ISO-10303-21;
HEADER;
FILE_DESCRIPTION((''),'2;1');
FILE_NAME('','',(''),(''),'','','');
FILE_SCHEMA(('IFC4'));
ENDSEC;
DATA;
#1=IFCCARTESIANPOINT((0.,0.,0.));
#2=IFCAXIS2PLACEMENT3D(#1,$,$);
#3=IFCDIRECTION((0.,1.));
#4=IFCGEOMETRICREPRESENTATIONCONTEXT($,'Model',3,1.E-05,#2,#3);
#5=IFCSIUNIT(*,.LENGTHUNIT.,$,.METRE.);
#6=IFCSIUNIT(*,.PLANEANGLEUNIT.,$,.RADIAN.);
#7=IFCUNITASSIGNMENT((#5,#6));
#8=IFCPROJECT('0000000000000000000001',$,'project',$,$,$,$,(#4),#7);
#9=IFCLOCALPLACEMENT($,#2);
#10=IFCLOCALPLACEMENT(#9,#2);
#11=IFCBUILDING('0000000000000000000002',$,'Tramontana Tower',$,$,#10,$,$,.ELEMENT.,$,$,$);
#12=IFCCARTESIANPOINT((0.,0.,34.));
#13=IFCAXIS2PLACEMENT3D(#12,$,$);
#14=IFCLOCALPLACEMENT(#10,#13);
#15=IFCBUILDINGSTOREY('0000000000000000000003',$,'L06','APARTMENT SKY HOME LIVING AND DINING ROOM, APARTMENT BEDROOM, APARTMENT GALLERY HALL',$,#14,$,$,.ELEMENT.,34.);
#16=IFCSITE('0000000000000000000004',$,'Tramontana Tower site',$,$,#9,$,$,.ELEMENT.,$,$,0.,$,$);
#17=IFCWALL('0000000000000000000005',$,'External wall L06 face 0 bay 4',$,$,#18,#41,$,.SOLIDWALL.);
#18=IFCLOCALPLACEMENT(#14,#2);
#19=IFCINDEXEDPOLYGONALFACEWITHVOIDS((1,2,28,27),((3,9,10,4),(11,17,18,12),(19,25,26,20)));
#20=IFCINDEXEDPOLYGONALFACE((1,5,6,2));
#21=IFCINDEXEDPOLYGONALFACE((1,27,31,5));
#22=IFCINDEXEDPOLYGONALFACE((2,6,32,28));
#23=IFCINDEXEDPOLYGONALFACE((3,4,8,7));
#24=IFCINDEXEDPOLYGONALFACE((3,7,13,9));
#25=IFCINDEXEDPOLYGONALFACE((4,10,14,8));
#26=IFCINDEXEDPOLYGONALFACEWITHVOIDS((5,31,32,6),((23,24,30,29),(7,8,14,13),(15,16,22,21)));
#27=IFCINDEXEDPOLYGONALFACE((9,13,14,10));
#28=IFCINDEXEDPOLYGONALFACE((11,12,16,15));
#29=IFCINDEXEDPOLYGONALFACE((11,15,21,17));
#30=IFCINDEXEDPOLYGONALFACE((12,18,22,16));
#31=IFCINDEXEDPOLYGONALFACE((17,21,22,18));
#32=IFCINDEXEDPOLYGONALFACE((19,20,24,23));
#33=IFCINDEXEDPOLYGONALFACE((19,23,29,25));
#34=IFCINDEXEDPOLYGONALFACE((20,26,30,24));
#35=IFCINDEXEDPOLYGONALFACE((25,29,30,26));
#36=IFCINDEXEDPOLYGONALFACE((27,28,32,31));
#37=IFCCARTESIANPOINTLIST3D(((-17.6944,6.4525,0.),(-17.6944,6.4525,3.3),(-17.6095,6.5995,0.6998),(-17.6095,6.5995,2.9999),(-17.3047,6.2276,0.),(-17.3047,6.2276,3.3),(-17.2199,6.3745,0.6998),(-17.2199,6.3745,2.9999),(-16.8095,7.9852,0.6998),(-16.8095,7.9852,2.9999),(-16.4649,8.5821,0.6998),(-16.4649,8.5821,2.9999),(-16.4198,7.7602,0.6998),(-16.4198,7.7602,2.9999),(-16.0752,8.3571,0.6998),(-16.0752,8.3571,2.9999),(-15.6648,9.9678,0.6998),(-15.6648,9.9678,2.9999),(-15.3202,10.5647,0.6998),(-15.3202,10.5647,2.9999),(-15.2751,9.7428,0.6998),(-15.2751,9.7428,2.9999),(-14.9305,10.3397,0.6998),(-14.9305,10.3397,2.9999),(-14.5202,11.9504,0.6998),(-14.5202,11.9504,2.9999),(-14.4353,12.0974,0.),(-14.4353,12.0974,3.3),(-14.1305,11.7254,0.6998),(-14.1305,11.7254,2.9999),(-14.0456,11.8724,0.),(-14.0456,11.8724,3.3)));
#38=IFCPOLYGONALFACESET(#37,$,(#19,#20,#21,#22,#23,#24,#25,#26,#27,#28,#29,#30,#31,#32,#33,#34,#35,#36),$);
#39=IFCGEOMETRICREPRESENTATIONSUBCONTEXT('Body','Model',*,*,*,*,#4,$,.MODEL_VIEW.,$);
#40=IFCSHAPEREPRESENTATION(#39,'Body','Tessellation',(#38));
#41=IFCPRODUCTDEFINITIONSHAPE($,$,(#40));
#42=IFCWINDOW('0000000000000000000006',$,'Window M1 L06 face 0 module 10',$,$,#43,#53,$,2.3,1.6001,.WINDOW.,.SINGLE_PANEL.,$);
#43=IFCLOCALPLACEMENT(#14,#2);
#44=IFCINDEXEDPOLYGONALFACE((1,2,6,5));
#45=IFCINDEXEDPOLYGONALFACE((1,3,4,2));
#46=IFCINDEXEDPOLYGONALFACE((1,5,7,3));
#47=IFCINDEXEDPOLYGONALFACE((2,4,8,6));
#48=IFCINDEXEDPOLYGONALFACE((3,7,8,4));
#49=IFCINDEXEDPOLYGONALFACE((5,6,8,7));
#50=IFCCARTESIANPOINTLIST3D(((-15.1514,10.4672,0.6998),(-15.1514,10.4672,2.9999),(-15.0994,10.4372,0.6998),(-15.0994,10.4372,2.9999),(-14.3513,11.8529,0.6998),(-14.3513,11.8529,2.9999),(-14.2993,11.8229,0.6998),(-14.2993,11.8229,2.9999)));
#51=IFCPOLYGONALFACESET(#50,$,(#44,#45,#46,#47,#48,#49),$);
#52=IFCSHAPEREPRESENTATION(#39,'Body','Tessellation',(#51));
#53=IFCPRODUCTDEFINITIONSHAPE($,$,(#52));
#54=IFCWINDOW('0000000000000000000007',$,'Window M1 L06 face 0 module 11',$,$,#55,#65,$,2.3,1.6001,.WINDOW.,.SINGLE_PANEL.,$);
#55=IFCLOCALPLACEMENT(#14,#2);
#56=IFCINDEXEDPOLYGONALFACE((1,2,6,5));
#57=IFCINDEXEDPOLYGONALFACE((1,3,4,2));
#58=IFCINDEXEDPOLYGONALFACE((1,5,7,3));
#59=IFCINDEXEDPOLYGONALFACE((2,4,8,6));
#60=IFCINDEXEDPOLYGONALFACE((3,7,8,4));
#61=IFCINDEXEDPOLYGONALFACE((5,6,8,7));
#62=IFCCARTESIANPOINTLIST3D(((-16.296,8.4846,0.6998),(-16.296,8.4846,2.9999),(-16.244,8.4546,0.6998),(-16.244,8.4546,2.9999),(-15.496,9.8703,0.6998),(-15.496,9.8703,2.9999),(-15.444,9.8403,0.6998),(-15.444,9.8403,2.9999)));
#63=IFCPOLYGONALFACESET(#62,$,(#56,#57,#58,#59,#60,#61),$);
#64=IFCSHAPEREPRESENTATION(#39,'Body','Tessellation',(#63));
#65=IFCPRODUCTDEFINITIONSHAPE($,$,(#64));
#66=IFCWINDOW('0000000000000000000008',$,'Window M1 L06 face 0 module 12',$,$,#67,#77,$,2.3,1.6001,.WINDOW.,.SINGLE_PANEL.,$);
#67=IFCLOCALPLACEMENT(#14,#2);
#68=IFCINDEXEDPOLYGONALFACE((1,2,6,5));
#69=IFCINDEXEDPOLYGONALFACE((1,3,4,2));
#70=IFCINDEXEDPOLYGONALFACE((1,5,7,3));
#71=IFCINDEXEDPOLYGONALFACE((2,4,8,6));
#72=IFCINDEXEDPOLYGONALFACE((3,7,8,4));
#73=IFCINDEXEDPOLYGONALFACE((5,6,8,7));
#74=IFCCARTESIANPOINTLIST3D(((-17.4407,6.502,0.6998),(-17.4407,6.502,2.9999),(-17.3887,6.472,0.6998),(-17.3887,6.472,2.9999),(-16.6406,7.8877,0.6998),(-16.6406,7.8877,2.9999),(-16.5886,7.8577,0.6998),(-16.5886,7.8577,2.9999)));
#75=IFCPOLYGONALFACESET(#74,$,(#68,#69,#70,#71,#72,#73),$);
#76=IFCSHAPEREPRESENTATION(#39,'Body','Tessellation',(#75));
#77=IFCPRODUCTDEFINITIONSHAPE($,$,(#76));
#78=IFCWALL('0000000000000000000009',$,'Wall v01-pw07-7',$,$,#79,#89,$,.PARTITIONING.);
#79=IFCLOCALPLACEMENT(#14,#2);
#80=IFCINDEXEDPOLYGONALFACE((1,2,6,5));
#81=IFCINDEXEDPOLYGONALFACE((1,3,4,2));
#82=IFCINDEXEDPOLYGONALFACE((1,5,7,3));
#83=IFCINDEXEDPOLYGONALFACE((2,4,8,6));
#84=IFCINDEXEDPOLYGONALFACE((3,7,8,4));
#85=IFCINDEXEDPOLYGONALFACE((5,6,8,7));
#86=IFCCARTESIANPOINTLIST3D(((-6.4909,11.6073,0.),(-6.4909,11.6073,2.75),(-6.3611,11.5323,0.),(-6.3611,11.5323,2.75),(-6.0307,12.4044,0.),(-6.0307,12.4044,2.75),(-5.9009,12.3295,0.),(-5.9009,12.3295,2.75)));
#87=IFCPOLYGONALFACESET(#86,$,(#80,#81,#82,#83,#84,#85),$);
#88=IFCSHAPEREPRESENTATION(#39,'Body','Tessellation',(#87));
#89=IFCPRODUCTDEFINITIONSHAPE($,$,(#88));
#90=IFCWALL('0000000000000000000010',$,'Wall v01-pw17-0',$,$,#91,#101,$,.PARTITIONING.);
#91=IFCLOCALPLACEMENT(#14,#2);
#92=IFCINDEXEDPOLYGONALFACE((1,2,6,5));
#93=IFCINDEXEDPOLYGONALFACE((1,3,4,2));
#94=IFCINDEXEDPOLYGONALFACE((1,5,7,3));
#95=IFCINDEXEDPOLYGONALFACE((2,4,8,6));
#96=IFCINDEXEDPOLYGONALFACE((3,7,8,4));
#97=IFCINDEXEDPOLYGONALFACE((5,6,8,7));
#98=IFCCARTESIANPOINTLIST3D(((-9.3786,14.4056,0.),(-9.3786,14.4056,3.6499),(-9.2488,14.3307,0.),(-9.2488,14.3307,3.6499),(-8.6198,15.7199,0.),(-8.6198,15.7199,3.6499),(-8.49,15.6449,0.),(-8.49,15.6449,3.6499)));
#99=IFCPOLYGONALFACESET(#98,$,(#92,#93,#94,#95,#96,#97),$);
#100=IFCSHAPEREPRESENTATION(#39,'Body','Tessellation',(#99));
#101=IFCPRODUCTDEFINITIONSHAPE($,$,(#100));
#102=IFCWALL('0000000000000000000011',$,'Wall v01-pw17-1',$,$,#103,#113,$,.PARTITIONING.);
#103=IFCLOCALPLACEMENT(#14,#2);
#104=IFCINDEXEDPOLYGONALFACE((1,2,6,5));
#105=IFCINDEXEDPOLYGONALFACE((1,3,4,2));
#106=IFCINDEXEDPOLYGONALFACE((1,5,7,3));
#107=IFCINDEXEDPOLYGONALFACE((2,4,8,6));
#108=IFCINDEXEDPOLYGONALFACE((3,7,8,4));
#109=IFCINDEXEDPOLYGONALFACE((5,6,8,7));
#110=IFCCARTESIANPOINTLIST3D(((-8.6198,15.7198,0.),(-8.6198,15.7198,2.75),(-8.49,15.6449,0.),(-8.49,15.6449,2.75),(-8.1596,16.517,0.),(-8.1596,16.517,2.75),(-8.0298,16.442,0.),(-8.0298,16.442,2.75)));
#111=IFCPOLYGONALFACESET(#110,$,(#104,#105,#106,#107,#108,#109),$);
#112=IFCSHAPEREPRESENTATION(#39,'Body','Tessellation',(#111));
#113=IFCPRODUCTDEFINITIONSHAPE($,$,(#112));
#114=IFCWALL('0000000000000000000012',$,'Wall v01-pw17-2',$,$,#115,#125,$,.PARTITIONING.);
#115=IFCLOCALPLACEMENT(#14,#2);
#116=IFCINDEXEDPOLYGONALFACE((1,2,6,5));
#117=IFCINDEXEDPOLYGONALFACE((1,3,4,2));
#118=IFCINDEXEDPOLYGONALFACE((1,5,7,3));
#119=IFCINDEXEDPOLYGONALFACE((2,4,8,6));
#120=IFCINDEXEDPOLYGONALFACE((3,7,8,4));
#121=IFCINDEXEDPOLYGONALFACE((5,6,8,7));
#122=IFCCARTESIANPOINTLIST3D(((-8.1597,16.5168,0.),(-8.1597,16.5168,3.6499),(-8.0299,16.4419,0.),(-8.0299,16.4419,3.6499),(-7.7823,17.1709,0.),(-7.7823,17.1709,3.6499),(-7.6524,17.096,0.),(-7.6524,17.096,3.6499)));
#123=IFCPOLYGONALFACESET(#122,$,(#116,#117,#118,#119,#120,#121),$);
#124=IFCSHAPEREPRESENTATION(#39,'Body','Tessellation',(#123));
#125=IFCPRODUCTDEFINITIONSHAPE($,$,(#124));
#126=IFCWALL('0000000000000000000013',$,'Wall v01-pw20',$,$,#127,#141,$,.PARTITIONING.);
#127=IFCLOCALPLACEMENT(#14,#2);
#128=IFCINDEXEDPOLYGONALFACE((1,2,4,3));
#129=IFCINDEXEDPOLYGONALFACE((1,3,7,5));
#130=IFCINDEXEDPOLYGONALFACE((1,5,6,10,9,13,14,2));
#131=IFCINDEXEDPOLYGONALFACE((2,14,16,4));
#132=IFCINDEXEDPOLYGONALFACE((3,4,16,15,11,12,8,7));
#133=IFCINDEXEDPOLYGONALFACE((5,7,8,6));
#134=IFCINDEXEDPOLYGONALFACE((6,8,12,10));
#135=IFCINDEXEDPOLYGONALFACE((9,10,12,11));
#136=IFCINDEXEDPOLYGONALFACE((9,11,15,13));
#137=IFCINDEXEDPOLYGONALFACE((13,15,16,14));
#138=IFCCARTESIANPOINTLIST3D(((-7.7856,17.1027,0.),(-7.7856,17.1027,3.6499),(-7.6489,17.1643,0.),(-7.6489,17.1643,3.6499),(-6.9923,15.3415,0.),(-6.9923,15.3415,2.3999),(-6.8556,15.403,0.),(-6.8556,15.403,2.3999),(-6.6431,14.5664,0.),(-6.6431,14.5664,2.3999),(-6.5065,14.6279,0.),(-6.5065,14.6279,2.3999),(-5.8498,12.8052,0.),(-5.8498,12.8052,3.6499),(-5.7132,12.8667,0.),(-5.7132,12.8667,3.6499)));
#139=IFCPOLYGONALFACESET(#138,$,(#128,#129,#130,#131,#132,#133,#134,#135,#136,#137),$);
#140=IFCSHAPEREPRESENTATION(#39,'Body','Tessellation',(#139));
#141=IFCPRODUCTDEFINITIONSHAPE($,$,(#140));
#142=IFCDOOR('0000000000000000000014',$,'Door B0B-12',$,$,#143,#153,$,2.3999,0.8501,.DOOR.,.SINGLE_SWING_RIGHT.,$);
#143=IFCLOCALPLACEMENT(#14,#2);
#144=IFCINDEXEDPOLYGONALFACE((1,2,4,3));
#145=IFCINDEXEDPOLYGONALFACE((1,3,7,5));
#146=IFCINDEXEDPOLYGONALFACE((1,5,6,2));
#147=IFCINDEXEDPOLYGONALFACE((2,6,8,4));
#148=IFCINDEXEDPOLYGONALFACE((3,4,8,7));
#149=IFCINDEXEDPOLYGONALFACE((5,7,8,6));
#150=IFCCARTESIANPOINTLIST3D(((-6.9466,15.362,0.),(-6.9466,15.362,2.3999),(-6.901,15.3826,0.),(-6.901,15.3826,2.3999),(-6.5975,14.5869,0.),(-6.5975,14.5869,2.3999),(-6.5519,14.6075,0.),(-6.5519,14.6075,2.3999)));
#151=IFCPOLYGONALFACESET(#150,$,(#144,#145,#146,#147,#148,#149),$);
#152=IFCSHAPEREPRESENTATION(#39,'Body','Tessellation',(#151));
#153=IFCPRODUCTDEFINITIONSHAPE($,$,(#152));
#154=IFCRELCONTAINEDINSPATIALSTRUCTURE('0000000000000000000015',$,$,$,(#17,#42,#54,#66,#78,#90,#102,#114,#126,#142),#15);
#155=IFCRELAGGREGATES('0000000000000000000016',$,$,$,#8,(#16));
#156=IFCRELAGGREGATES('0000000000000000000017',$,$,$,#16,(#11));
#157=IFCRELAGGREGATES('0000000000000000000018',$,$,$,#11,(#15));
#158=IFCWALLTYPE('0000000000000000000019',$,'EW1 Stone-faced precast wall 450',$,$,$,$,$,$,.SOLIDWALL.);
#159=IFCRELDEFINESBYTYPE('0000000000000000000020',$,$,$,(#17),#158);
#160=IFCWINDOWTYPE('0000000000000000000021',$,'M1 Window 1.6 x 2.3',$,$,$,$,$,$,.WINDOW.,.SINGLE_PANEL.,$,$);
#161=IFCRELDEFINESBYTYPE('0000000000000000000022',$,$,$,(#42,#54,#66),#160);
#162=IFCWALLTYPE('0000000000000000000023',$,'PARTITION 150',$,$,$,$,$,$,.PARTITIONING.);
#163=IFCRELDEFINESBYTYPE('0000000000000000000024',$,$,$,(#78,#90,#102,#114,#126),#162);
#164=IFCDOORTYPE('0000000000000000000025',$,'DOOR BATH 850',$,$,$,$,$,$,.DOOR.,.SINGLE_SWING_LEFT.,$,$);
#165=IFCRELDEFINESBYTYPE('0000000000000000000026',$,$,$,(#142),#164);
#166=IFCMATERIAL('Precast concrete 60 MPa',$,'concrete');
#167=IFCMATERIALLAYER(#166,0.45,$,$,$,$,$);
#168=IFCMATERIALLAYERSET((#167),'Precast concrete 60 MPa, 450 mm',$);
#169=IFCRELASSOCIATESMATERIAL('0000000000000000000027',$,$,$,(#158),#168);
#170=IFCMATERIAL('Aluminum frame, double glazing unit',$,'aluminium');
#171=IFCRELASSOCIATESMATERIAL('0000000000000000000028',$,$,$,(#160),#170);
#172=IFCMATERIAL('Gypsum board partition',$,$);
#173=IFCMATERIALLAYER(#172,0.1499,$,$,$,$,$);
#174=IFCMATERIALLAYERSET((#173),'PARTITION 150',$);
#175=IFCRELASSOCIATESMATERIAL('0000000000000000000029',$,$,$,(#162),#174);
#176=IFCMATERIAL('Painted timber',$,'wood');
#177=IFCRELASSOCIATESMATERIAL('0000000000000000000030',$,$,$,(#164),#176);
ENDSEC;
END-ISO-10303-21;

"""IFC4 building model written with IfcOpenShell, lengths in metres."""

from ifc_helpers import new_model, si_unit, direction, frame, frame_2d, origin, place, context, subcontext, project, spatial, rectangle, extrude, material, layer, layer_set, type_object, element, fill, save


model = new_model("IFC4")

# Units and contexts
model_context = context("Model", 3, precision=1e-05, world=origin(), true_north=direction((0.0, 1.0)))
body_context = subcontext(model_context, "Body", "Model", "MODEL_VIEW")
ifc_project = project(units=[si_unit("LENGTHUNIT", "METRE"), si_unit("PLANEANGLEUNIT", "RADIAN")], contexts=[model_context])

# Site, building, storey
site_placement = place(None, origin())
site = spatial("IfcSite", under=ifc_project, at=site_placement, Name="Tramontana Tower site", CompositionType="ELEMENT", RefElevation=0.0)
building_placement = place(site_placement, origin())
building = spatial("IfcBuilding", under=site, at=building_placement, Name="Tramontana Tower", CompositionType="ELEMENT")
storey_placement = place(building_placement, frame((0.0, 0.0, 34.0)))
storey = spatial("IfcBuildingStorey", under=building, at=storey_placement, Name="L06", Description="APARTMENT SKY HOME LIVING AND DINING ROOM, APARTMENT BEDROOM, APARTMENT GALLERY HALL", CompositionType="ELEMENT", Elevation=34.0)

# Wall, openings, windows
ifc_material_1 = material(Name="Precast concrete 60 MPa", Category="concrete")
ifc_layer_1 = layer(ifc_material_1, 0.45)
ifc_layer_set_1 = layer_set([ifc_layer_1], Name="Precast concrete 60 MPa, 450 mm")
wall_type_1 = type_object("IfcWallType", Name="EW1 Stone-faced precast wall 450", PredefinedType="SOLIDWALL", material=ifc_layer_set_1)
ifc_material_2 = material(Name="Aluminum frame, double glazing unit", Category="aluminium")
window_type = type_object("IfcWindowType", Name="M1 Window 1.6 x 2.3", PartitioningType="SINGLE_PANEL", PredefinedType="WINDOW", material=ifc_material_2)
wall_1_placement = place(storey_placement, frame((-14.2405, 11.9849, 0.0), z_axis=(0.0, 0.0, 1.0), x_axis=(-0.500002, -0.866024, 0.0)))
wall_1 = element("IfcWall", 1, at=wall_1_placement, inside=storey, type_object=wall_type_1, Name="External wall L06 face 0 bay 4", PredefinedType="SOLIDWALL", context=body_context, shape_type="SweptSolid", body=[
    extrude(rectangle(XDim=6.5181, YDim=0.45, at=frame_2d((3.259, 0.0))), origin(), (0.0, 0.0, 1.0), 3.3),
])
opening_1_placement = place(wall_1_placement, frame((0.1697, 0.0, 0.7)))
opening_1 = element("IfcOpeningElement", 2, at=opening_1_placement, cuts=wall_1, PredefinedType="OPENING", context=body_context, shape_type="SweptSolid", body=[
    extrude(rectangle(XDim=1.6001, YDim=2.3, at=frame_2d((0.8, 1.1499))), frame((0.0, 0.2349, 0.0), z_axis=(0.0, -1.0, 0.0), x_axis=(1.0, 0.0, 0.0)), (0.0, 0.0, 1.0), 0.47),
])
opening_2_placement = place(wall_1_placement, frame((2.459, 0.0, 0.7)))
opening_2 = element("IfcOpeningElement", 3, at=opening_2_placement, cuts=wall_1, PredefinedType="OPENING", context=body_context, shape_type="SweptSolid", body=[
    extrude(rectangle(XDim=1.6001, YDim=2.3, at=frame_2d((0.8, 1.1499))), frame((0.0, 0.2349, 0.0), z_axis=(0.0, -1.0, 0.0), x_axis=(1.0, 0.0, 0.0)), (0.0, 0.0, 1.0), 0.47),
])
opening_3_placement = place(wall_1_placement, frame((4.7483, 0.0, 0.7)))
opening_3 = element("IfcOpeningElement", 4, at=opening_3_placement, cuts=wall_1, PredefinedType="OPENING", context=body_context, shape_type="SweptSolid", body=[
    extrude(rectangle(XDim=1.6001, YDim=2.3, at=frame_2d((0.8, 1.1499))), frame((0.0, 0.2349, 0.0), z_axis=(0.0, -1.0, 0.0), x_axis=(1.0, 0.0, 0.0)), (0.0, 0.0, 1.0), 0.47),
])
window_1_placement = place(opening_1_placement, origin())
window_1 = element("IfcWindow", 5, at=window_1_placement, inside=storey, type_object=window_type, Name="Window M1 L06 face 0 module 10", OverallHeight=2.3, OverallWidth=1.6001, PartitioningType="SINGLE_PANEL", PredefinedType="WINDOW", context=body_context, shape_type="SweptSolid", body=[
    extrude(rectangle(XDim=1.6001, YDim=2.3, at=frame_2d((0.8, 1.1499))), frame((0.0, 0.03, 0.0), z_axis=(0.0, -1.0, 0.0), x_axis=(1.0, 0.0, 0.0)), (0.0, 0.0, 1.0), 0.0601),
])
fill(opening_1, window_1)
window_2_placement = place(opening_2_placement, origin())
window_2 = element("IfcWindow", 6, at=window_2_placement, inside=storey, type_object=window_type, Name="Window M1 L06 face 0 module 11", OverallHeight=2.3, OverallWidth=1.6001, PartitioningType="SINGLE_PANEL", PredefinedType="WINDOW", context=body_context, shape_type="SweptSolid", body=[
    extrude(rectangle(XDim=1.6001, YDim=2.3, at=frame_2d((0.8, 1.1499))), frame((0.0, 0.03, 0.0), z_axis=(0.0, -1.0, 0.0), x_axis=(1.0, 0.0, 0.0)), (0.0, 0.0, 1.0), 0.0601),
])
fill(opening_2, window_2)
window_3_placement = place(opening_3_placement, origin())
window_3 = element("IfcWindow", 7, at=window_3_placement, inside=storey, type_object=window_type, Name="Window M1 L06 face 0 module 12", OverallHeight=2.3, OverallWidth=1.6001, PartitioningType="SINGLE_PANEL", PredefinedType="WINDOW", context=body_context, shape_type="SweptSolid", body=[
    extrude(rectangle(XDim=1.6001, YDim=2.3, at=frame_2d((0.8, 1.1499))), frame((0.0, 0.03, 0.0), z_axis=(0.0, -1.0, 0.0), x_axis=(1.0, 0.0, 0.0)), (0.0, 0.0, 1.0), 0.0601),
])
fill(opening_3, window_3)

# Wall
ifc_material_3 = material(Name="Gypsum board partition")
ifc_layer_2 = layer(ifc_material_3, 0.1499)
ifc_layer_set_2 = layer_set([ifc_layer_2], Name="PARTITION 150")
wall_type_2 = type_object("IfcWallType", Name="PARTITION 150", PredefinedType="PARTITIONING", material=ifc_layer_set_2)
wall_2_placement = place(storey_placement, frame((-6.426, 11.5698, 0.0), z_axis=(0.0, 0.0, 1.0), x_axis=(0.49999, 0.866031, 0.0)))
element("IfcWall", 8, at=wall_2_placement, inside=storey, type_object=wall_type_2, Name="Wall v01-pw07-7", PredefinedType="PARTITIONING", context=body_context, shape_type="SweptSolid", body=[
    extrude(rectangle(XDim=0.9204, YDim=0.1499, at=frame_2d((0.4602, 0.0))), origin(), (0.0, 0.0, 1.0), 2.75),
])

# Walls
wall_3_placement = place(storey_placement, frame((-9.3137, 14.3682, 0.0), z_axis=(0.0, 0.0, 1.0), x_axis=(0.500015, 0.866017, 0.0)))
element("IfcWall", 9, at=wall_3_placement, inside=storey, type_object=wall_type_2, Name="Wall v01-pw17-0", PredefinedType="PARTITIONING", context=body_context, shape_type="SweptSolid", body=[
    extrude(rectangle(XDim=1.5176, YDim=0.1499, at=frame_2d((0.7588, 0.0))), origin(), (0.0, 0.0, 1.0), 3.6499),
])
wall_4_placement = place(storey_placement, frame((-8.5549, 15.6824, 0.0), z_axis=(0.0, 0.0, 1.0), x_axis=(0.49999, 0.866031, 0.0)))
element("IfcWall", 10, at=wall_4_placement, inside=storey, type_object=wall_type_2, Name="Wall v01-pw17-1", PredefinedType="PARTITIONING", context=body_context, shape_type="SweptSolid", body=[
    extrude(rectangle(XDim=0.9204, YDim=0.1499, at=frame_2d((0.4602, 0.0))), origin(), (0.0, 0.0, 1.0), 2.75),
])
wall_5_placement = place(storey_placement, frame((-8.0947, 16.4795, 0.0), z_axis=(0.0, 0.0, 1.0), x_axis=(0.499825, 0.866126, 0.0)))
element("IfcWall", 11, at=wall_5_placement, inside=storey, type_object=wall_type_2, Name="Wall v01-pw17-2", PredefinedType="PARTITIONING", context=body_context, shape_type="SweptSolid", body=[
    extrude(rectangle(XDim=0.7551, YDim=0.1499, at=frame_2d((0.3774, 0.0))), origin(), (0.0, 0.0, 1.0), 3.6499),
])

# Wall, opening, door
wall_6_placement = place(storey_placement, frame((-5.7815, 12.8359, 0.0), z_axis=(0.0, 0.0, 1.0), x_axis=(-0.410694, 0.911773, 0.0)))
wall_6 = element("IfcWall", 12, at=wall_6_placement, inside=storey, type_object=wall_type_2, Name="Wall v01-pw20", PredefinedType="PARTITIONING", context=body_context, shape_type="SweptSolid", body=[
    extrude(rectangle(XDim=4.7134, YDim=0.1499, at=frame_2d((2.3567, 0.0))), origin(), (0.0, 0.0, 1.0), 3.6499),
])
opening_4_placement = place(wall_6_placement, frame((1.9316, 0.0, 0.0)))
opening_4 = element("IfcOpeningElement", 13, at=opening_4_placement, cuts=wall_6, PredefinedType="OPENING", context=body_context, shape_type="SweptSolid", body=[
    extrude(rectangle(XDim=0.8501, YDim=2.3999, at=frame_2d((0.425, 1.2))), frame((0.0, 0.085, 0.0), z_axis=(0.0, -1.0, 0.0), x_axis=(1.0, 0.0, 0.0)), (0.0, 0.0, 1.0), 0.1699),
])
ifc_material_4 = material(Name="Painted timber", Category="wood")
door_type_1 = type_object("IfcDoorType", Name="DOOR BATH 850", OperationType="SINGLE_SWING_LEFT", PredefinedType="DOOR", material=ifc_material_4)
door_1_placement = place(opening_4_placement, origin())
door_1 = element("IfcDoor", 14, at=door_1_placement, inside=storey, type_object=door_type_1, Name="Door B0B-12", OperationType="SINGLE_SWING_RIGHT", OverallHeight=2.3999, OverallWidth=0.8501, PredefinedType="DOOR", context=body_context, shape_type="SweptSolid", body=[
    extrude(rectangle(XDim=0.8501, YDim=2.3999, at=frame_2d((0.425, 1.2))), frame((0.0, 0.0249, 0.0), z_axis=(0.0, -1.0, 0.0), x_axis=(1.0, 0.0, 0.0)), (0.0, 0.0, 1.0), 0.05),
])
fill(opening_4, door_1)

save(model, "model.ifc")
